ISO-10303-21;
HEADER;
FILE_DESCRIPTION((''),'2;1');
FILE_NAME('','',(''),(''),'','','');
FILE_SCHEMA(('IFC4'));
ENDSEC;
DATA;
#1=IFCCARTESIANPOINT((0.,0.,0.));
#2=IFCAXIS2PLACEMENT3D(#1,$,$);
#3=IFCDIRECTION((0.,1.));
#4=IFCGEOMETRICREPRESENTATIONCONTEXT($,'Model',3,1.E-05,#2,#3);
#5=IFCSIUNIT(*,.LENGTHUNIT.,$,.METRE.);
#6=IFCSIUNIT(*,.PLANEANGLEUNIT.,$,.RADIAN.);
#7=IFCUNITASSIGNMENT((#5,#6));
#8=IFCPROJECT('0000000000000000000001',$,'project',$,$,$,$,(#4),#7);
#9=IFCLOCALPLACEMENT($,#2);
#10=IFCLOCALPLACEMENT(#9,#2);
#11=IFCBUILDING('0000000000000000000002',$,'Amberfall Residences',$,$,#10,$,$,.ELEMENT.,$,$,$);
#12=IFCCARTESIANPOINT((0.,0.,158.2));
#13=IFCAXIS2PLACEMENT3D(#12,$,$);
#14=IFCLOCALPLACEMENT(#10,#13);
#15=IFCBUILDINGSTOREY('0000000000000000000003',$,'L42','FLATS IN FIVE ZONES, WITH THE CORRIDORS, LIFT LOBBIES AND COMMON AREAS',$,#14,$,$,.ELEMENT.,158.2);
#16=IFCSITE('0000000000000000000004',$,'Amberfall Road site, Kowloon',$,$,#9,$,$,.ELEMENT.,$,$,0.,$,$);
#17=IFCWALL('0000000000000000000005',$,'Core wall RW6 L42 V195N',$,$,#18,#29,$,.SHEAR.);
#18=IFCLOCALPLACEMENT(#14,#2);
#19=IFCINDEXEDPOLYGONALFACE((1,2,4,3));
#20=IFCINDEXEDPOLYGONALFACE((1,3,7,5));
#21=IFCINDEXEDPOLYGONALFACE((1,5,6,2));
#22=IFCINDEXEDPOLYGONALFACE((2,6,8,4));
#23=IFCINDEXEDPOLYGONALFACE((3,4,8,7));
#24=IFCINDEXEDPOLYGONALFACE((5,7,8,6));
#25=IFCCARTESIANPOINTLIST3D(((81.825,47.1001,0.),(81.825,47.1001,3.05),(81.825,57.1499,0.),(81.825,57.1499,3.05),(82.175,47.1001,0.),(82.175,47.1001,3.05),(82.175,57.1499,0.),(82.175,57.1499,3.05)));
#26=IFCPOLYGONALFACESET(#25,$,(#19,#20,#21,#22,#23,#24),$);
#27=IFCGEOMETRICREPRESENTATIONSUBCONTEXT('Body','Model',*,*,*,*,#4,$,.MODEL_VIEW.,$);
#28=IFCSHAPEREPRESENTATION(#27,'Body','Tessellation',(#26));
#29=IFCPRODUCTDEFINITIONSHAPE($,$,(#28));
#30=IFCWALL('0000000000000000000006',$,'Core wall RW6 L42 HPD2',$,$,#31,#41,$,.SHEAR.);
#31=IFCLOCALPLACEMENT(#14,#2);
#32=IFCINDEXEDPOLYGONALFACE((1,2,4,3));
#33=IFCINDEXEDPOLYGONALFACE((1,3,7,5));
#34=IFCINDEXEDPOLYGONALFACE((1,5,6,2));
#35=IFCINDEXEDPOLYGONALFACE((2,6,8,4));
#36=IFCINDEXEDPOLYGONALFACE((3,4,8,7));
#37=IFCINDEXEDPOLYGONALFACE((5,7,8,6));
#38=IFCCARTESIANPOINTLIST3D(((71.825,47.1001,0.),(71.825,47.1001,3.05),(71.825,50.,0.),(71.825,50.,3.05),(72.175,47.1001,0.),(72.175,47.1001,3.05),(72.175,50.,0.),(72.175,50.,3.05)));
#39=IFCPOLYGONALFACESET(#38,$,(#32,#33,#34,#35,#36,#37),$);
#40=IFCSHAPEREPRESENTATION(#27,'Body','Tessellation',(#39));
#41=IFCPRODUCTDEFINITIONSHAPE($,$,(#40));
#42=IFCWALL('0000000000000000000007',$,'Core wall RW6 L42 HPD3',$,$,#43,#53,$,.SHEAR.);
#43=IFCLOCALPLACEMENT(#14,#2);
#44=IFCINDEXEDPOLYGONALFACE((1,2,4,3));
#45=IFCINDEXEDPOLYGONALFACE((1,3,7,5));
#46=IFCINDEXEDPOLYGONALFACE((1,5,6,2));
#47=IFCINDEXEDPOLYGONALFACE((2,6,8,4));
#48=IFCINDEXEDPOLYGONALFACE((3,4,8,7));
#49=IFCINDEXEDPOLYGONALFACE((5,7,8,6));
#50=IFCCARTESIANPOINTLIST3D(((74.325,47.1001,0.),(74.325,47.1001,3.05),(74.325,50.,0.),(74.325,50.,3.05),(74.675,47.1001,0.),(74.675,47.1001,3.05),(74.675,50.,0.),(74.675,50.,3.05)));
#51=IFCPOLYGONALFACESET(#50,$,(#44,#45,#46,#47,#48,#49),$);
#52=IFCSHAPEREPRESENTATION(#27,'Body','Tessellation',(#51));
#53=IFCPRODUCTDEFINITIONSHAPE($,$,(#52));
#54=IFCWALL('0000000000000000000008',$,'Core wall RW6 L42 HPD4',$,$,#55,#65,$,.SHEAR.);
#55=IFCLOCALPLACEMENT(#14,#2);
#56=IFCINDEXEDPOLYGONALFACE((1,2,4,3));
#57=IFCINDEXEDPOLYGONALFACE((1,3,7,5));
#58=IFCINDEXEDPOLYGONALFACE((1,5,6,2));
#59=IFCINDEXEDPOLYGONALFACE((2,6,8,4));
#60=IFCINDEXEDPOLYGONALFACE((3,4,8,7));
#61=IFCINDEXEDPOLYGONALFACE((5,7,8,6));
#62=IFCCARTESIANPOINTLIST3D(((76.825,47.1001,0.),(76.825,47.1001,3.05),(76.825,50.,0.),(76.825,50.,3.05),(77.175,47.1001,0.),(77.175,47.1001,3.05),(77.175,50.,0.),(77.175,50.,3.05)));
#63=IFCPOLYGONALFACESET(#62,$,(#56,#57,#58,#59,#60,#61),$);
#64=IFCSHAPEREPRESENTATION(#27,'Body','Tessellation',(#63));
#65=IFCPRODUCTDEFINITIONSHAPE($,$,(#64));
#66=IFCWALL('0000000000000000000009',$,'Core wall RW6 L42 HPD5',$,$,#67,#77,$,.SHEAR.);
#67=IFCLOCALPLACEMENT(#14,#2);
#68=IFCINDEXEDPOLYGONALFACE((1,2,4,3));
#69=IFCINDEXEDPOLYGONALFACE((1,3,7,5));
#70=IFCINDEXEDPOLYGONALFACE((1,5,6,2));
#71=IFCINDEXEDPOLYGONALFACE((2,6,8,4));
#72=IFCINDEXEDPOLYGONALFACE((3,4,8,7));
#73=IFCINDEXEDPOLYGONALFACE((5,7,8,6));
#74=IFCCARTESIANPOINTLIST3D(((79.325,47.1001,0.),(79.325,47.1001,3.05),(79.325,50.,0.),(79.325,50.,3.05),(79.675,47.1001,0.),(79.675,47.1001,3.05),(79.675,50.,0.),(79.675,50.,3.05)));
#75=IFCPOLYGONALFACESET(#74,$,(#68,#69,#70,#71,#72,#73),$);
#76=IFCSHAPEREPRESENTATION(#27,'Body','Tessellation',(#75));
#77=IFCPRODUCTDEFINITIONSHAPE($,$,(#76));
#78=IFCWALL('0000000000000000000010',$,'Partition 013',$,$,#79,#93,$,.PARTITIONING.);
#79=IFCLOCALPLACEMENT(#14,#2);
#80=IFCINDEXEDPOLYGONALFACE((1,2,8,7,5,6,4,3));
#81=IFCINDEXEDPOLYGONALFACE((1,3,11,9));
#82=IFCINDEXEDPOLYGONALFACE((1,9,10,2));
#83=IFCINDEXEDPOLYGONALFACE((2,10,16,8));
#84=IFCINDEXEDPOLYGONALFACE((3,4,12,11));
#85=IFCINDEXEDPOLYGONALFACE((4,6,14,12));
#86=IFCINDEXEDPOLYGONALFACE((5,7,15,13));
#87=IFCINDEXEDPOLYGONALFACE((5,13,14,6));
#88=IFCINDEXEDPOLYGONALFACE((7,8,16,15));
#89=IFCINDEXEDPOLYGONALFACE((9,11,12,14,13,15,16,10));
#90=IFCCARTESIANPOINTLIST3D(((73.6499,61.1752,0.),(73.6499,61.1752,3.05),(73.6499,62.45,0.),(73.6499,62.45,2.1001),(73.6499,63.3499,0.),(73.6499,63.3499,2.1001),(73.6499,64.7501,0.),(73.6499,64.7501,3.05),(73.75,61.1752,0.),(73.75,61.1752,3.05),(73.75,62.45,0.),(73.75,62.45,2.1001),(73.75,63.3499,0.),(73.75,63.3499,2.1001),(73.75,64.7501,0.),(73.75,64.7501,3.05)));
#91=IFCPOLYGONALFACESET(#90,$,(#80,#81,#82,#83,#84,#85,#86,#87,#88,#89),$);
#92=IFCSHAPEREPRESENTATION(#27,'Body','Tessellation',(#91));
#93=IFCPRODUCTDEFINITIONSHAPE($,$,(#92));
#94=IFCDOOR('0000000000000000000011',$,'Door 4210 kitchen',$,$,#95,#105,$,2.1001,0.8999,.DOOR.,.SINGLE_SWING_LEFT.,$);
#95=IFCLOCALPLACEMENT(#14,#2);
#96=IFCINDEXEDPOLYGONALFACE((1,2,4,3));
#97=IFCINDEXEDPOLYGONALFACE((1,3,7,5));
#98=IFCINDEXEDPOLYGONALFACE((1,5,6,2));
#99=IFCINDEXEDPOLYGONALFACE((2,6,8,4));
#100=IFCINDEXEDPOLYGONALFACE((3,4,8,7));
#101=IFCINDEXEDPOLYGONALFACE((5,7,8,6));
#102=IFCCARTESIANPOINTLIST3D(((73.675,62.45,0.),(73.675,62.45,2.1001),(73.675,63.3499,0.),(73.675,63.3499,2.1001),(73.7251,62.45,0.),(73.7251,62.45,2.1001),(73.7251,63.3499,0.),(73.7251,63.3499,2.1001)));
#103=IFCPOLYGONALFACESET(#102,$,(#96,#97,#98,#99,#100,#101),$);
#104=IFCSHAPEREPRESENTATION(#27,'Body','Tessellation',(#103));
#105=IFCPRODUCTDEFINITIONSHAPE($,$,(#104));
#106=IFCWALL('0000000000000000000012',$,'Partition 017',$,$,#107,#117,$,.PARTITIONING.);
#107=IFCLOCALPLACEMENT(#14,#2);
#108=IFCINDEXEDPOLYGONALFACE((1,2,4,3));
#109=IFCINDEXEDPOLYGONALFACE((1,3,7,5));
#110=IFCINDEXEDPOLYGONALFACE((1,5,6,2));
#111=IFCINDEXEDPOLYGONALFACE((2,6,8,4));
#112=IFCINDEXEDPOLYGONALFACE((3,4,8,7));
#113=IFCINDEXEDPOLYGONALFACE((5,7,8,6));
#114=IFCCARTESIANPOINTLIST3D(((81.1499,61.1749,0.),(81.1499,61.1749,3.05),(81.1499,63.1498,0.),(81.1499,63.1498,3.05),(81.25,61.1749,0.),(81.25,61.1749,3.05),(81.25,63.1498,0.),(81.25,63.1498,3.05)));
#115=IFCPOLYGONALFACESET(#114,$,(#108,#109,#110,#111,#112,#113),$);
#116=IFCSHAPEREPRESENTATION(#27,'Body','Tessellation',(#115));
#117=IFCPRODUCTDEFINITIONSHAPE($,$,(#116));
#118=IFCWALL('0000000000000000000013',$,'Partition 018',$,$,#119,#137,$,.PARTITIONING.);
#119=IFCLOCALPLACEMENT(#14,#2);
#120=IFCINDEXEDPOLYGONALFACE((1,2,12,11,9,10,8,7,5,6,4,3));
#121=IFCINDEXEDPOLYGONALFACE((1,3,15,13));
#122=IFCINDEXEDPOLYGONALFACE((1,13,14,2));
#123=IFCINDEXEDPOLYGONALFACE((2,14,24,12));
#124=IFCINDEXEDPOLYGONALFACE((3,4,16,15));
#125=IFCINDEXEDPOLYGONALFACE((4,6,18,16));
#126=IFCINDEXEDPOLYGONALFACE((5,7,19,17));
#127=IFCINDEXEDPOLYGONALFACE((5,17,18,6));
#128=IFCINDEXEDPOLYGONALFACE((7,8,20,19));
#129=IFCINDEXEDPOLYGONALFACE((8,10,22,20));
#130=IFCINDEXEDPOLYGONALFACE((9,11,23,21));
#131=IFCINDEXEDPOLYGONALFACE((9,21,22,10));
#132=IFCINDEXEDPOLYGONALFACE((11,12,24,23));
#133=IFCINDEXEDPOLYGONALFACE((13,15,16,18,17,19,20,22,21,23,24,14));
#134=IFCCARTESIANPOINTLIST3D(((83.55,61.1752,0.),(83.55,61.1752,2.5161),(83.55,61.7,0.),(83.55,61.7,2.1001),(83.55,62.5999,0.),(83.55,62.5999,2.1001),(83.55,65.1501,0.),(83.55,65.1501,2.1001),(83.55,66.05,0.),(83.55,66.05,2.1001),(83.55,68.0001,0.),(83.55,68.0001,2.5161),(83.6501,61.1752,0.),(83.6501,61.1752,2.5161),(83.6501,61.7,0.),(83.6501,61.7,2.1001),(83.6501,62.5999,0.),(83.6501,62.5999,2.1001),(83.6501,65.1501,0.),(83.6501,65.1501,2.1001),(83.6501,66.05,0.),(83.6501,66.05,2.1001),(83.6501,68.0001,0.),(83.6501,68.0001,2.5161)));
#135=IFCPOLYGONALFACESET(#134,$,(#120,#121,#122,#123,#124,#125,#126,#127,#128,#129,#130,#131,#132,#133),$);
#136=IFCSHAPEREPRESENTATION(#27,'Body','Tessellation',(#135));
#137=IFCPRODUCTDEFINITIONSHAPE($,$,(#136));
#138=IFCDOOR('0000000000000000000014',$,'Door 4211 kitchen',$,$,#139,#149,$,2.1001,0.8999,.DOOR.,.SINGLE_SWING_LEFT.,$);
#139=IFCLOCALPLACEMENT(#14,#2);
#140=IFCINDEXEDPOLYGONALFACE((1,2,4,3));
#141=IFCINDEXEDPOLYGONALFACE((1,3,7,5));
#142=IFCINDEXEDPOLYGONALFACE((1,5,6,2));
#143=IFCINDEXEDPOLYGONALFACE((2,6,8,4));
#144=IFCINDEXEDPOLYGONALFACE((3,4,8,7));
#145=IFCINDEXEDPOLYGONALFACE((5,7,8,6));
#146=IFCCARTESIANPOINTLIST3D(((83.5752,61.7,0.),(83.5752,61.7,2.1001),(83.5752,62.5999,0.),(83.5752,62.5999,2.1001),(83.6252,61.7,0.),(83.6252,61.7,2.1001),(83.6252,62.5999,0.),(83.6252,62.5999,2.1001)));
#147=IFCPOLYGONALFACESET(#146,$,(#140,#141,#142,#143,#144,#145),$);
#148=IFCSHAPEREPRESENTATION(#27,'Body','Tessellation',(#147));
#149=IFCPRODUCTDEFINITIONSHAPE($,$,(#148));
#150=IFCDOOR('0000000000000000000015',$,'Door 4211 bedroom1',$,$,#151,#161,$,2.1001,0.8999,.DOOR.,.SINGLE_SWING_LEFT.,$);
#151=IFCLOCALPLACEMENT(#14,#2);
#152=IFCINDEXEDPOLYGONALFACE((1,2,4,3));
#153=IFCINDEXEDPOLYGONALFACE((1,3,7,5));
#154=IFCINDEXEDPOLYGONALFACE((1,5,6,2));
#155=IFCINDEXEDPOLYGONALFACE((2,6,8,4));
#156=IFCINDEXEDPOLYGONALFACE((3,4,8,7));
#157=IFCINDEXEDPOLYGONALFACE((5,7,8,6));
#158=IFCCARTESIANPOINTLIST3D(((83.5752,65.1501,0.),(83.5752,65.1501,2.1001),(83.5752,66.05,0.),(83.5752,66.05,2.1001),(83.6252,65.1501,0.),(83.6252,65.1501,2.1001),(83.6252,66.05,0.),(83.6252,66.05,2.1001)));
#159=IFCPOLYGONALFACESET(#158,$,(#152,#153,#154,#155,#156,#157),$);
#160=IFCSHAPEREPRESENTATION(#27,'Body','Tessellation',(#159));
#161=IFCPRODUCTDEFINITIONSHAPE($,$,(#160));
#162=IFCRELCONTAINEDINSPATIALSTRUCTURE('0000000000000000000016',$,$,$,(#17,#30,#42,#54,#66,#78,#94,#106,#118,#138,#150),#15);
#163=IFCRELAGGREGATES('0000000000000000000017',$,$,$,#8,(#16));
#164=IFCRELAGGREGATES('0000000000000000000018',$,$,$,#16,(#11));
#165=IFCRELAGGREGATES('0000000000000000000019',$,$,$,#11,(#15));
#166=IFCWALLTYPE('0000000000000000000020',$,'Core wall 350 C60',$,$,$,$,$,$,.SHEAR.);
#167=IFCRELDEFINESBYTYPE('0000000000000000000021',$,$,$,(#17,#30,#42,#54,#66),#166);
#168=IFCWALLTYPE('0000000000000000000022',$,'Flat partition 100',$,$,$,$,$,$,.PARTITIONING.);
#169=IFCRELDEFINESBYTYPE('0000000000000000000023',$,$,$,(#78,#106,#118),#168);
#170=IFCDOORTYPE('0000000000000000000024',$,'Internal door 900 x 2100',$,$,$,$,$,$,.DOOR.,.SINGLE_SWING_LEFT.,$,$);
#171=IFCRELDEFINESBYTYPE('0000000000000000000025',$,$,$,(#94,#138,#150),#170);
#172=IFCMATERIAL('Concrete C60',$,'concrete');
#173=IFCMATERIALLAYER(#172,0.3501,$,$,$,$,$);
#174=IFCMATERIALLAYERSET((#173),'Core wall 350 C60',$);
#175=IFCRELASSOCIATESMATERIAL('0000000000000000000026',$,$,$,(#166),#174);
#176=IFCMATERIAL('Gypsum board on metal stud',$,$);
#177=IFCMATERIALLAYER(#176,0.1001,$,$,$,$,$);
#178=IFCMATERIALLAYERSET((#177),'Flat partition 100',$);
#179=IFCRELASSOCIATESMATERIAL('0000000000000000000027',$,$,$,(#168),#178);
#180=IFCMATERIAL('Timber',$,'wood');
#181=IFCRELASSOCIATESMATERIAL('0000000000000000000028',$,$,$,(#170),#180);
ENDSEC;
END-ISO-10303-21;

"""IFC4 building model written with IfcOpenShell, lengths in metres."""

from ifc_helpers import new_model, si_unit, direction, frame, frame_2d, origin, place, context, subcontext, project, spatial, rectangle, extrude, material, layer, layer_set, type_object, element, fill, save


model = new_model("IFC4")

# Units and contexts
model_context = context("Model", 3, precision=1e-05, world=origin(), true_north=direction((0.0, 1.0)))
body_context = subcontext(model_context, "Body", "Model", "MODEL_VIEW")
ifc_project = project(units=[si_unit("LENGTHUNIT", "METRE"), si_unit("PLANEANGLEUNIT", "RADIAN")], contexts=[model_context])

# Site, building, storey
site_placement = place(None, origin())
site = spatial("IfcSite", under=ifc_project, at=site_placement, Name="Amberfall Road site, Kowloon", CompositionType="ELEMENT", RefElevation=0.0)
building_placement = place(site_placement, origin())
building = spatial("IfcBuilding", under=site, at=building_placement, Name="Amberfall Residences", CompositionType="ELEMENT")
storey_placement = place(building_placement, frame((0.0, 0.0, 158.2)))
storey = spatial("IfcBuildingStorey", under=building, at=storey_placement, Name="L42", Description="FLATS IN FIVE ZONES, WITH THE CORRIDORS, LIFT LOBBIES AND COMMON AREAS", CompositionType="ELEMENT", Elevation=158.2)

# Walls
ifc_material_1 = material(Name="Concrete C60", Category="concrete")
ifc_layer_1 = layer(ifc_material_1, 0.3501)
ifc_layer_set_1 = layer_set([ifc_layer_1], Name="Core wall 350 C60")
wall_type_1 = type_object("IfcWallType", Name="Core wall 350 C60", PredefinedType="SHEAR", material=ifc_layer_set_1)
wall_1_placement = place(storey_placement, frame((82.0, 47.1001, 0.0), z_axis=(0.0, 0.0, 1.0), x_axis=(0.0, 1.0, 0.0)))
element("IfcWall", 1, at=wall_1_placement, inside=storey, type_object=wall_type_1, Name="Core wall RW6 L42 V195N", PredefinedType="SHEAR", context=body_context, shape_type="SweptSolid", body=[
    extrude(rectangle(XDim=10.0498, YDim=0.3501, at=frame_2d((5.0249, 0.0))), origin(), (0.0, 0.0, 1.0), 3.05),
])
for number, where, z_axis, x_axis, name in (
    (2, (72.0, 47.1001, 0.0), (0.0, 0.0, 1.0), (0.0, 1.0, 0.0), "Core wall RW6 L42 HPD2"),
    (3, (74.5, 47.1001, 0.0), (0.0, 0.0, 1.0), (0.0, 1.0, 0.0), "Core wall RW6 L42 HPD3"),
    (4, (77.0, 47.1001, 0.0), (0.0, 0.0, 1.0), (0.0, 1.0, 0.0), "Core wall RW6 L42 HPD4"),
    (5, (79.5, 47.1001, 0.0), (0.0, 0.0, 1.0), (0.0, 1.0, 0.0), "Core wall RW6 L42 HPD5"),
):
    element("IfcWall", number, at=place(storey_placement, frame(where, z_axis=z_axis, x_axis=x_axis)), inside=storey, type_object=wall_type_1, Name=name, PredefinedType="SHEAR", context=body_context, shape_type="SweptSolid", body=[
        extrude(rectangle(XDim=2.8999, YDim=0.3501, at=frame_2d((1.45, 0.0))), origin(), (0.0, 0.0, 1.0), 3.05),
    ])

# Wall, opening, door
ifc_material_2 = material(Name="Gypsum board on metal stud")
ifc_layer_2 = layer(ifc_material_2, 0.1001)
ifc_layer_set_2 = layer_set([ifc_layer_2], Name="Flat partition 100")
wall_type_2 = type_object("IfcWallType", Name="Flat partition 100", PredefinedType="PARTITIONING", material=ifc_layer_set_2)
wall_2_placement = place(storey_placement, frame((73.7, 61.175, 0.0), z_axis=(0.0, 0.0, 1.0), x_axis=(0.0, 1.0, 0.0)))
wall_2 = element("IfcWall", 6, at=wall_2_placement, inside=storey, type_object=wall_type_2, Name="Partition 013", PredefinedType="PARTITIONING", context=body_context, shape_type="SweptSolid", body=[
    extrude(rectangle(XDim=3.575, YDim=0.1001, at=frame_2d((1.7876, 0.0))), origin(), (0.0, 0.0, 1.0), 3.05),
])
opening_1_placement = place(wall_2_placement, frame((1.2749, 0.0, 0.0)))
opening_1 = element("IfcOpeningElement", 7, at=opening_1_placement, cuts=wall_2, PredefinedType="OPENING", context=body_context, shape_type="SweptSolid", body=[
    extrude(rectangle(XDim=0.8999, YDim=2.1001, at=frame_2d((0.45, 1.05))), frame((0.0, 0.0601, 0.0), z_axis=(0.0, -1.0, 0.0), x_axis=(1.0, 0.0, 0.0)), (0.0, 0.0, 1.0), 0.1201),
])
ifc_material_3 = material(Name="Timber", Category="wood")
door_type_1 = type_object("IfcDoorType", Name="Internal door 900 x 2100", OperationType="SINGLE_SWING_LEFT", PredefinedType="DOOR", material=ifc_material_3)
door_1_placement = place(opening_1_placement, origin())
door_1 = element("IfcDoor", 8, at=door_1_placement, inside=storey, type_object=door_type_1, Name="Door 4210 kitchen", OperationType="SINGLE_SWING_LEFT", OverallHeight=2.1001, OverallWidth=0.8999, PredefinedType="DOOR", context=body_context, shape_type="SweptSolid", body=[
    extrude(rectangle(XDim=0.8999, YDim=2.1001, at=frame_2d((0.45, 1.05))), frame((0.0, 0.0249, 0.0), z_axis=(0.0, -1.0, 0.0), x_axis=(1.0, 0.0, 0.0)), (0.0, 0.0, 1.0), 0.05),
])
fill(opening_1, door_1)

# Wall
wall_3_placement = place(storey_placement, frame((81.2, 61.175, 0.0), z_axis=(0.0, 0.0, 1.0), x_axis=(0.0, 1.0, 0.0)))
element("IfcWall", 9, at=wall_3_placement, inside=storey, type_object=wall_type_2, Name="Partition 017", PredefinedType="PARTITIONING", context=body_context, shape_type="SweptSolid", body=[
    extrude(rectangle(XDim=1.9749, YDim=0.1001, at=frame_2d((0.9873, 0.0))), origin(), (0.0, 0.0, 1.0), 3.05),
])

# Wall, openings, doors
wall_4_placement = place(storey_placement, frame((83.6001, 61.175, 0.0), z_axis=(0.0, 0.0, 1.0), x_axis=(0.0, 1.0, 0.0)))
wall_4 = element("IfcWall", 10, at=wall_4_placement, inside=storey, type_object=wall_type_2, Name="Partition 018", PredefinedType="PARTITIONING", context=body_context, shape_type="SweptSolid", body=[
    extrude(rectangle(XDim=6.825, YDim=0.1001, at=frame_2d((3.4126, 0.0))), origin(), (0.0, 0.0, 1.0), 2.5161),
])
opening_2_placement = place(wall_4_placement, frame((0.5249, 0.0, 0.0)))
opening_2 = element("IfcOpeningElement", 11, at=opening_2_placement, cuts=wall_4, PredefinedType="OPENING", context=body_context, shape_type="SweptSolid", body=[
    extrude(rectangle(XDim=0.8999, YDim=2.1001, at=frame_2d((0.45, 1.05))), frame((0.0, 0.0601, 0.0), z_axis=(0.0, -1.0, 0.0), x_axis=(1.0, 0.0, 0.0)), (0.0, 0.0, 1.0), 0.1201),
])
opening_3_placement = place(wall_4_placement, frame((3.9751, 0.0, 0.0)))
opening_3 = element("IfcOpeningElement", 12, at=opening_3_placement, cuts=wall_4, PredefinedType="OPENING", context=body_context, shape_type="SweptSolid", body=[
    extrude(rectangle(XDim=0.8999, YDim=2.1001, at=frame_2d((0.45, 1.05))), frame((0.0, 0.0601, 0.0), z_axis=(0.0, -1.0, 0.0), x_axis=(1.0, 0.0, 0.0)), (0.0, 0.0, 1.0), 0.1201),
])
door_2_placement = place(opening_2_placement, origin())
door_2 = element("IfcDoor", 13, at=door_2_placement, inside=storey, type_object=door_type_1, Name="Door 4211 kitchen", OperationType="SINGLE_SWING_LEFT", OverallHeight=2.1001, OverallWidth=0.8999, PredefinedType="DOOR", context=body_context, shape_type="SweptSolid", body=[
    extrude(rectangle(XDim=0.8999, YDim=2.1001, at=frame_2d((0.45, 1.05))), frame((0.0, 0.0249, 0.0), z_axis=(0.0, -1.0, 0.0), x_axis=(1.0, 0.0, 0.0)), (0.0, 0.0, 1.0), 0.05),
])
fill(opening_2, door_2)
door_3_placement = place(opening_3_placement, origin())
door_3 = element("IfcDoor", 14, at=door_3_placement, inside=storey, type_object=door_type_1, Name="Door 4211 bedroom1", OperationType="SINGLE_SWING_LEFT", OverallHeight=2.1001, OverallWidth=0.8999, PredefinedType="DOOR", context=body_context, shape_type="SweptSolid", body=[
    extrude(rectangle(XDim=0.8999, YDim=2.1001, at=frame_2d((0.45, 1.05))), frame((0.0, 0.0249, 0.0), z_axis=(0.0, -1.0, 0.0), x_axis=(1.0, 0.0, 0.0)), (0.0, 0.0, 1.0), 0.05),
])
fill(opening_3, door_3)

save(model, "model.ifc")
